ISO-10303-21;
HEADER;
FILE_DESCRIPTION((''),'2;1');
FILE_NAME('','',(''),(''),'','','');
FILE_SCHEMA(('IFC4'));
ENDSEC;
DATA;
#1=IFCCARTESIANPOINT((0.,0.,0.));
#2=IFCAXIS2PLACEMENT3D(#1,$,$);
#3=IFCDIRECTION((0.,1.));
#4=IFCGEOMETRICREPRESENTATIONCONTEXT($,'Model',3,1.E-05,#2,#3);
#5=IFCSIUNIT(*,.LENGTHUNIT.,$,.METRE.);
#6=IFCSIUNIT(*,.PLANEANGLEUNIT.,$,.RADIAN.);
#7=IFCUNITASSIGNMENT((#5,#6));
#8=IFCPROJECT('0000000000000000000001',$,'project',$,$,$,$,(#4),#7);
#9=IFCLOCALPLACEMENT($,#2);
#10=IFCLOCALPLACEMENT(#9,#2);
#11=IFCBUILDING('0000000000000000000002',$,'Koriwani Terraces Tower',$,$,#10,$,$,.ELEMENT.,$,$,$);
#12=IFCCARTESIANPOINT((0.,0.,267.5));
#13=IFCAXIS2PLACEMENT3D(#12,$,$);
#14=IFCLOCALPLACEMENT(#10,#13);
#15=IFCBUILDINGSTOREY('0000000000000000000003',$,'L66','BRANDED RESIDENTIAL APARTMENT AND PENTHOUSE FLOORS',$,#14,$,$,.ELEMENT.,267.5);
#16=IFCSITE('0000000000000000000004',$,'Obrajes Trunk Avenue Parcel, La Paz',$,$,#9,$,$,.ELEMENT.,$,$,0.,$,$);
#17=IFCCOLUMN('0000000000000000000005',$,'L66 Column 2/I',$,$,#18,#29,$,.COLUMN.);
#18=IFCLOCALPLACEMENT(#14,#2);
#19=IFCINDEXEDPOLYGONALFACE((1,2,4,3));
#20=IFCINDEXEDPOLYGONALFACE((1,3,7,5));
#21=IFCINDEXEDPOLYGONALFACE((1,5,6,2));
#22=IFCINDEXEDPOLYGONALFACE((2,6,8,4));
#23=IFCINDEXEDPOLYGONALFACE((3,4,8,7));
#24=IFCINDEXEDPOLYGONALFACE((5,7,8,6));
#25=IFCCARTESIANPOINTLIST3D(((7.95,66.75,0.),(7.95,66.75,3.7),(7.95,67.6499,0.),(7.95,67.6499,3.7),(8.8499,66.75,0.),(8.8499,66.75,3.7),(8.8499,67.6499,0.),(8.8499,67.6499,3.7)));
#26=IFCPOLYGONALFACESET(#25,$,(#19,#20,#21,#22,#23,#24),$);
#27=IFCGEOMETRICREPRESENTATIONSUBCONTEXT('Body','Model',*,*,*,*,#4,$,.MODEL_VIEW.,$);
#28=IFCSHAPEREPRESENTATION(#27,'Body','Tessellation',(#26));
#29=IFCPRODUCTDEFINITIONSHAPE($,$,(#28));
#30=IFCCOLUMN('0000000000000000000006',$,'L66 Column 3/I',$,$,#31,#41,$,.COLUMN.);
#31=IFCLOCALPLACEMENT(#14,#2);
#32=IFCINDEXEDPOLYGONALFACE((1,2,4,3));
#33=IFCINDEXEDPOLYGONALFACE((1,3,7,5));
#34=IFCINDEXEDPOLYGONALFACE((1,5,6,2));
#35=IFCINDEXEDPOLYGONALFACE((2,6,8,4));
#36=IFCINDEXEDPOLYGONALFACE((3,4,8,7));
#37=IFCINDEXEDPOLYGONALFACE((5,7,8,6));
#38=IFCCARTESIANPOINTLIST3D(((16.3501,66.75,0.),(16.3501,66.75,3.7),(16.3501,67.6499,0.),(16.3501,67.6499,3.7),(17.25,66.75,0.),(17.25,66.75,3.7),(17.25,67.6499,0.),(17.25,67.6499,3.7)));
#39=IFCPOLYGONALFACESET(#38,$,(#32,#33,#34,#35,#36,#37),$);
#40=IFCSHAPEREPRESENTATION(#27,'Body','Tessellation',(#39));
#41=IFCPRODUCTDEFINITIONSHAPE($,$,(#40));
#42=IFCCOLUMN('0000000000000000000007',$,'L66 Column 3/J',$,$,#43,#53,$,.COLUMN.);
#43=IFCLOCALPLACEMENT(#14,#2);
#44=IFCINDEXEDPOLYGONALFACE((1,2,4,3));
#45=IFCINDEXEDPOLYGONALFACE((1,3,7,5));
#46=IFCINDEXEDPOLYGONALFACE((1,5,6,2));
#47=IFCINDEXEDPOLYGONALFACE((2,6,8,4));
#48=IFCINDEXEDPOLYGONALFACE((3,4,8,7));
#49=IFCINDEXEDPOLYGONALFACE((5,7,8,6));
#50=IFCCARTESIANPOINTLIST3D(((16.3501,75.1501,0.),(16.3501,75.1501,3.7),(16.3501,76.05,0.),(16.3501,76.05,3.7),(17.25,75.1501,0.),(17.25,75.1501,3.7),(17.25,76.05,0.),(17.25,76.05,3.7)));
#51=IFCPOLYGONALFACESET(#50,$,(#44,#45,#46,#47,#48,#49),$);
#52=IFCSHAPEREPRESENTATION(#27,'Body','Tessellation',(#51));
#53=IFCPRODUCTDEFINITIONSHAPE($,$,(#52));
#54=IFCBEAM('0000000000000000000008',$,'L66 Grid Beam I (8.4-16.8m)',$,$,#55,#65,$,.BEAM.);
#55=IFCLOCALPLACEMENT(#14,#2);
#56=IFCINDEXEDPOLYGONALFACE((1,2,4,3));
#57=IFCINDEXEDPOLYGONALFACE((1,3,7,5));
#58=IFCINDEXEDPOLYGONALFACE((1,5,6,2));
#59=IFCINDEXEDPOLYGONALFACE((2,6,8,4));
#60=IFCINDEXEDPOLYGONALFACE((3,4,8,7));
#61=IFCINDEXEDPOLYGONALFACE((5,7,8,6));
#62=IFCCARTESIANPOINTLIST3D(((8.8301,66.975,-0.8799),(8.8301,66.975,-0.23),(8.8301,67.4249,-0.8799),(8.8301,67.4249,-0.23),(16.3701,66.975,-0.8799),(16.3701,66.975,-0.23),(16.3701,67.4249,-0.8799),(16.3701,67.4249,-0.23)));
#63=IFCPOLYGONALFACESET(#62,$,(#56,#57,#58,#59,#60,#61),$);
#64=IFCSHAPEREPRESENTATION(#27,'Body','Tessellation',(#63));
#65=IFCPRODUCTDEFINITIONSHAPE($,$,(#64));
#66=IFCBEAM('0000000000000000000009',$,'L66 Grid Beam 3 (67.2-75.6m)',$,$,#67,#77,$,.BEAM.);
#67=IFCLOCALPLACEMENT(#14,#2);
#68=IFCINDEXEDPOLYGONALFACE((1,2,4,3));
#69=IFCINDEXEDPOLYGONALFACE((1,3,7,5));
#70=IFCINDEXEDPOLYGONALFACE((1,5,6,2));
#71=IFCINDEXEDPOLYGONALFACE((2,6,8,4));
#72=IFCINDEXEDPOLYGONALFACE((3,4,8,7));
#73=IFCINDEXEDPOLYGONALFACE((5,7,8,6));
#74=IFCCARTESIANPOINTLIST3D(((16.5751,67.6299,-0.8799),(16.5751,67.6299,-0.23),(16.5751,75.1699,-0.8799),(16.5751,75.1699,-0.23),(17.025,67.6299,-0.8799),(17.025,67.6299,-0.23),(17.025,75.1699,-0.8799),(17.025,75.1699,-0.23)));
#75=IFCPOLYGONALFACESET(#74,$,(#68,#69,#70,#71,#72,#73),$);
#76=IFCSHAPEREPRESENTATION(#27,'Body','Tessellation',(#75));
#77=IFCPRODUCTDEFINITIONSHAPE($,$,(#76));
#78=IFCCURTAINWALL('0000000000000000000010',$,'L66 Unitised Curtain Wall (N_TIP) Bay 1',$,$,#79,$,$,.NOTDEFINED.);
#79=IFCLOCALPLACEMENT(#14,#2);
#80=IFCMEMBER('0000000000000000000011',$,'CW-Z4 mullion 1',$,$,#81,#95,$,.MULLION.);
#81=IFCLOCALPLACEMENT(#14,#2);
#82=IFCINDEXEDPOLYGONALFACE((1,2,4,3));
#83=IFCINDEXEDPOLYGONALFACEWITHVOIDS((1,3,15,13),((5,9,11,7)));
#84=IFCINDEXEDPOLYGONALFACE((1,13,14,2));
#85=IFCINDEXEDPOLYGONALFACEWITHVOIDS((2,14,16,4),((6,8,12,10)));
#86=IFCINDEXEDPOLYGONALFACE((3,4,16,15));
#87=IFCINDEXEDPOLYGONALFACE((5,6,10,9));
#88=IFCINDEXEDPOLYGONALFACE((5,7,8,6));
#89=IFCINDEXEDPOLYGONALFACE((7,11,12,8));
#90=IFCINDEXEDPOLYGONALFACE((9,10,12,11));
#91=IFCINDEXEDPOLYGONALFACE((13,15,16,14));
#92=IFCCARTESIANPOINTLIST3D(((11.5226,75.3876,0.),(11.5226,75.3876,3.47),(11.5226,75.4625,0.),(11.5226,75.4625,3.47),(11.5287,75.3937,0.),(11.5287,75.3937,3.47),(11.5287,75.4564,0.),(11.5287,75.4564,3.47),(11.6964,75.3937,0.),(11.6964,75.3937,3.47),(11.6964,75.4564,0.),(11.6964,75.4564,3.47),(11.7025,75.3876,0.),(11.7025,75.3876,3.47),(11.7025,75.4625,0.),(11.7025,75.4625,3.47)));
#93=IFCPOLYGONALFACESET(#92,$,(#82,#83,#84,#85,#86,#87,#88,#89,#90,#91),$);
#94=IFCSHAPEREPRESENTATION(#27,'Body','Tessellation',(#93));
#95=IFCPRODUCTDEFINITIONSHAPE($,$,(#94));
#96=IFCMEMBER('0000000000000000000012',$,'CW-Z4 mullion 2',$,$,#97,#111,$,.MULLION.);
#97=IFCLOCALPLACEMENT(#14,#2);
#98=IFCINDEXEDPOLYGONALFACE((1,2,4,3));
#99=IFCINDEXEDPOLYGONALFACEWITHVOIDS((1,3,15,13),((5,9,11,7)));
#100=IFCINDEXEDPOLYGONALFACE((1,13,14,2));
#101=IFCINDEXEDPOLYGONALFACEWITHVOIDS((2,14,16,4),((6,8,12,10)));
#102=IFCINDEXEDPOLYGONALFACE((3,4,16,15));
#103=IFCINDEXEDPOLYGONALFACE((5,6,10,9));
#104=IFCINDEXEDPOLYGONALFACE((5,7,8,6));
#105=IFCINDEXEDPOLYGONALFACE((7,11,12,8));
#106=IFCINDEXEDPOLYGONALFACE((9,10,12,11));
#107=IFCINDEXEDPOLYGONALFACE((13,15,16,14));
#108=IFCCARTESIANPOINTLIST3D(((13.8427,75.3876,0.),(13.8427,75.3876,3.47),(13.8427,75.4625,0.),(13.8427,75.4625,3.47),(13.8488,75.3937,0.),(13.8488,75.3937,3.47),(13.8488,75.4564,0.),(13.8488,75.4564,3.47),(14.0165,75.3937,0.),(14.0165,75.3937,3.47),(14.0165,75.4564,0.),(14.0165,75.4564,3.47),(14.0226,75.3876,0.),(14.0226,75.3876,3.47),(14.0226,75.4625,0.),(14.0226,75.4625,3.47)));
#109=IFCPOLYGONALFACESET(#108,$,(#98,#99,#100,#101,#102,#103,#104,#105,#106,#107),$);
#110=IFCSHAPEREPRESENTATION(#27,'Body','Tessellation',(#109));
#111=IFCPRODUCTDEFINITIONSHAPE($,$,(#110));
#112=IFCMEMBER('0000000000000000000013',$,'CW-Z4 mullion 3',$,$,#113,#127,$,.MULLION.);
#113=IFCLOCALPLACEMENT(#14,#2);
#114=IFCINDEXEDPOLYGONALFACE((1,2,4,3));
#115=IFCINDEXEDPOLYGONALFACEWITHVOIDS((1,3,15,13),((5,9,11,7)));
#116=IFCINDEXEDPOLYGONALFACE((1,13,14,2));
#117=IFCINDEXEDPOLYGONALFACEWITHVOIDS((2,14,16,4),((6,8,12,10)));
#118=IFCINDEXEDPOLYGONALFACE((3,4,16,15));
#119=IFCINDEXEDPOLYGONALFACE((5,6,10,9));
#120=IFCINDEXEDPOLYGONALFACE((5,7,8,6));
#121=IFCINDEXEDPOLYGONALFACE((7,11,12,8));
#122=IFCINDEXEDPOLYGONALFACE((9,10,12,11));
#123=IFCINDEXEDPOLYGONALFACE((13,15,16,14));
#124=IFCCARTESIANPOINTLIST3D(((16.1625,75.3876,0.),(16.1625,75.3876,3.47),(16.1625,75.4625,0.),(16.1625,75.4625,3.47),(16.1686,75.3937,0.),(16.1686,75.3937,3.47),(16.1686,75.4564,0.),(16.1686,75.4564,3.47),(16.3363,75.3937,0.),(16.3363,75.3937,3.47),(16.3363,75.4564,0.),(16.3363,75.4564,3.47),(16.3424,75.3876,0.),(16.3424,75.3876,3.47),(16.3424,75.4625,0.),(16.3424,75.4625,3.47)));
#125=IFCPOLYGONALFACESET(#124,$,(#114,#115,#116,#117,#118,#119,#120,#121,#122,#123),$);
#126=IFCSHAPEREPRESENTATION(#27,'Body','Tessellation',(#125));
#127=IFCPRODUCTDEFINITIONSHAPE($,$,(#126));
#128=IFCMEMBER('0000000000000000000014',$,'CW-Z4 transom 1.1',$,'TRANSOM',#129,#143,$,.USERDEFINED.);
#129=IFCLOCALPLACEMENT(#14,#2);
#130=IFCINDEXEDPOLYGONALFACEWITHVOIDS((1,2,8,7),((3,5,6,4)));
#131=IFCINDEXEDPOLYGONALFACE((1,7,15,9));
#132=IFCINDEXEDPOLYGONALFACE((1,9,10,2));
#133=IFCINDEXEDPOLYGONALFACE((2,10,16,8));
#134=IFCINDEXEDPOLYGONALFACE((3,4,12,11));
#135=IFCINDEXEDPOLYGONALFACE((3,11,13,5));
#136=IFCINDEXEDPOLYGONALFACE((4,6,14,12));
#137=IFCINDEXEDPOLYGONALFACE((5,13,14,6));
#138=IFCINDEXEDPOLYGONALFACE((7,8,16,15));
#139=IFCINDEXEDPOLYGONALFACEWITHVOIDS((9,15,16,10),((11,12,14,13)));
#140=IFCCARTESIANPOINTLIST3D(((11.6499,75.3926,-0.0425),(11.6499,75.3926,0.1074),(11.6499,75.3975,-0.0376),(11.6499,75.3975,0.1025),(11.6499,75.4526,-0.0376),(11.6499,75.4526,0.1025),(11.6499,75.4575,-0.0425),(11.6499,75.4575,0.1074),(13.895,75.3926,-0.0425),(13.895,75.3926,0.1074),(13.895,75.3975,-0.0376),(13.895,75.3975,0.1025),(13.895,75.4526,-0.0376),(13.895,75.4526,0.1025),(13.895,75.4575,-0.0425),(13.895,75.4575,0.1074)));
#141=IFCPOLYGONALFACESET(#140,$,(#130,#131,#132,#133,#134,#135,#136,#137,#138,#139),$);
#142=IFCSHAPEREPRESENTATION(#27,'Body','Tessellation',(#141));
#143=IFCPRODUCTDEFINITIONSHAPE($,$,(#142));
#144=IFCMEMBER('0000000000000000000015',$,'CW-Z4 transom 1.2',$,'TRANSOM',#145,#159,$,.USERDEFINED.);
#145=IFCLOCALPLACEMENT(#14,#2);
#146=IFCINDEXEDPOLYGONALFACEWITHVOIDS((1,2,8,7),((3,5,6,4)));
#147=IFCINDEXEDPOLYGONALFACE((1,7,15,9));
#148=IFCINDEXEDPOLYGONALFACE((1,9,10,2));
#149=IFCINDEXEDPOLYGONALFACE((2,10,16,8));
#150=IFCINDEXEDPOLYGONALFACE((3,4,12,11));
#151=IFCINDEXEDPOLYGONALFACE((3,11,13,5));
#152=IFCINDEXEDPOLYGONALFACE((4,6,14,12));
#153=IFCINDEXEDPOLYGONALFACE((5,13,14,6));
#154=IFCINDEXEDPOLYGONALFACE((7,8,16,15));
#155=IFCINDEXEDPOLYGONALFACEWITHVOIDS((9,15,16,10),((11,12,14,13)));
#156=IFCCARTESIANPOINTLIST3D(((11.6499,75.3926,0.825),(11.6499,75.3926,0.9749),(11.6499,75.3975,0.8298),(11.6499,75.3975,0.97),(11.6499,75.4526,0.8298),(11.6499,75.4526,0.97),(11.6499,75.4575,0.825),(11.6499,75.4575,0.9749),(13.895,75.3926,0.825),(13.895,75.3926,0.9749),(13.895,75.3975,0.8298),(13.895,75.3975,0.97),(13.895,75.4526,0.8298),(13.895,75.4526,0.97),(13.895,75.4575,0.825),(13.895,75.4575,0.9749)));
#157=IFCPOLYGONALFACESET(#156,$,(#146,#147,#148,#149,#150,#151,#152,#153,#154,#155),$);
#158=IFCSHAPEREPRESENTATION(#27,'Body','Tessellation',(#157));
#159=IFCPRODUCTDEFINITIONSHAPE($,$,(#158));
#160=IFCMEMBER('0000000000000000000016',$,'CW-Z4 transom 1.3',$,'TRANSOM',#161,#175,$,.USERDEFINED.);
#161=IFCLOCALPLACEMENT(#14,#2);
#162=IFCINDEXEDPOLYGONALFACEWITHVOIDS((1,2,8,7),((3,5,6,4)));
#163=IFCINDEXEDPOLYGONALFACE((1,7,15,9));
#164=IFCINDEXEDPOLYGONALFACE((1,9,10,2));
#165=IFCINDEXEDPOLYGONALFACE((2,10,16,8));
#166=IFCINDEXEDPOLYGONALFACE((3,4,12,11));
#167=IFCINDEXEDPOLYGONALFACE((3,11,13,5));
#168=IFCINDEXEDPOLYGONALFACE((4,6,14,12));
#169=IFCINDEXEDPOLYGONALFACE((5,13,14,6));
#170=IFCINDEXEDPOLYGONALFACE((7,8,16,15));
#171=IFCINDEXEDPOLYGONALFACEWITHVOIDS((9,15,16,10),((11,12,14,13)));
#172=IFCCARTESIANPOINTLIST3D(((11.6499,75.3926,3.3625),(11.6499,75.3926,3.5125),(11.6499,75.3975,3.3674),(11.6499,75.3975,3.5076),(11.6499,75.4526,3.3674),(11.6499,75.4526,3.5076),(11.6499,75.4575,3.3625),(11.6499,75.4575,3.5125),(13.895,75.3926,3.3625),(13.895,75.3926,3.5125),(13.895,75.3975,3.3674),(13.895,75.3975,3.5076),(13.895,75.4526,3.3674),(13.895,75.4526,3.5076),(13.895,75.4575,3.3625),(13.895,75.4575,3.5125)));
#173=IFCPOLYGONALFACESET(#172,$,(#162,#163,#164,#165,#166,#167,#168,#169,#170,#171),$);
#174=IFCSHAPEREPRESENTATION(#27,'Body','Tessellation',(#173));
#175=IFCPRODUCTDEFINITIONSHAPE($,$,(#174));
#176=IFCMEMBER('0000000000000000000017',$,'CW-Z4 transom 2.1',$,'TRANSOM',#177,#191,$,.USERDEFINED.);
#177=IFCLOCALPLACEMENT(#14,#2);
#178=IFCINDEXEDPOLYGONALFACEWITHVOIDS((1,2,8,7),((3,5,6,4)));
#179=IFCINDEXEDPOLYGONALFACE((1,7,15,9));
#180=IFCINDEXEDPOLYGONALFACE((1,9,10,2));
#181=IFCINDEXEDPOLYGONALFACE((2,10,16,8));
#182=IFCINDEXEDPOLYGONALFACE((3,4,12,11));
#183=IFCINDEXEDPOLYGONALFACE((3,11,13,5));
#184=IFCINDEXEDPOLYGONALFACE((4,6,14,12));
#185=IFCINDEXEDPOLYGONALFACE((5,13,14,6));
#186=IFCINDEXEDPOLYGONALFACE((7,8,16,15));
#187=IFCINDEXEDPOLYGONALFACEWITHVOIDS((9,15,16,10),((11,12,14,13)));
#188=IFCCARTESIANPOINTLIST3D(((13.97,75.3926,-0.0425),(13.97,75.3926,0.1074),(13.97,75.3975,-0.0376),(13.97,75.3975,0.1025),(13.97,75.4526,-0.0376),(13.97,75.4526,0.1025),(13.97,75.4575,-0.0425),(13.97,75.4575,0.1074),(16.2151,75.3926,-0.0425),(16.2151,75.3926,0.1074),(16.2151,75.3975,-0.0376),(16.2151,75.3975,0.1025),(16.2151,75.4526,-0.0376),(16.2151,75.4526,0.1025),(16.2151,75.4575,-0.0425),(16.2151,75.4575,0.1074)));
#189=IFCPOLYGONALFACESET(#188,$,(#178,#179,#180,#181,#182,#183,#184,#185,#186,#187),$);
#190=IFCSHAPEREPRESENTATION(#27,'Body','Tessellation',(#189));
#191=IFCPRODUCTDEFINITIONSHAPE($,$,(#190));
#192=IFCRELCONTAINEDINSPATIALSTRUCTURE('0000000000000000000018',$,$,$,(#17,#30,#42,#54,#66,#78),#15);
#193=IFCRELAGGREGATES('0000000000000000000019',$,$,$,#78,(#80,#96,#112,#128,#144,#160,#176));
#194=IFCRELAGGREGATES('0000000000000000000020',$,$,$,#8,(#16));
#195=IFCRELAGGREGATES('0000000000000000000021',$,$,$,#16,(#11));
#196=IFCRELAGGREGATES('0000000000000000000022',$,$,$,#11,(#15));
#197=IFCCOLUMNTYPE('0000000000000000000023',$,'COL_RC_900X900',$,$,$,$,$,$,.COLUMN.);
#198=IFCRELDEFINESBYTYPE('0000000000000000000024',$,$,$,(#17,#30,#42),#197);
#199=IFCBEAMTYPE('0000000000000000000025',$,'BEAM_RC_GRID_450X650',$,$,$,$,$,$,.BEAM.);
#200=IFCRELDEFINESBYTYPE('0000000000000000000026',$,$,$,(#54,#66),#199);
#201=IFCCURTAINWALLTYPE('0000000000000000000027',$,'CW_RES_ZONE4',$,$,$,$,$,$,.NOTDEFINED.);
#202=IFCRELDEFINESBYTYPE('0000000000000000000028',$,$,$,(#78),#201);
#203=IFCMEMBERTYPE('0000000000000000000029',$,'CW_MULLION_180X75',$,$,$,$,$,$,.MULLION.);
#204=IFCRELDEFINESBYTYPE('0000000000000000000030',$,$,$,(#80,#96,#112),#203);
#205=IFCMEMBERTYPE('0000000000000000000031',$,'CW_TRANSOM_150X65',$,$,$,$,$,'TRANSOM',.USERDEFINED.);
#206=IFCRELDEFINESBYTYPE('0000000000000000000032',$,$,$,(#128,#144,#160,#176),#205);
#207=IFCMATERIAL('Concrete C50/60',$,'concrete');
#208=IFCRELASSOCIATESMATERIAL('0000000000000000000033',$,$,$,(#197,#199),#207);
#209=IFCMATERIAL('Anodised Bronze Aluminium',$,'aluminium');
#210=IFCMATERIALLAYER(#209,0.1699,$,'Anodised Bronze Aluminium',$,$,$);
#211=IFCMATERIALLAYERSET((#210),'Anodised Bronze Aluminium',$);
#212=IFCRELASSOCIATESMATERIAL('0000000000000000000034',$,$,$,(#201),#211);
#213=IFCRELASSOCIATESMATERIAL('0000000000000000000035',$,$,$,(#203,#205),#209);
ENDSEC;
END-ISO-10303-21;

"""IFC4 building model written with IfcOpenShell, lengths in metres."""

from ifc_helpers import new_model, si_unit, direction, frame, origin, origin_2d, place, context, subcontext, project, spatial, rectangle, hollow_rectangle, extrude, material, layer, layer_set, material_profile, profile_set, type_object, element, aggregate, save


model = new_model("IFC4")

# Units and contexts
model_context = context("Model", 3, precision=1e-05, world=origin(), true_north=direction((0.0, 1.0)))
body_context = subcontext(model_context, "Body", "Model", "MODEL_VIEW")
ifc_project = project(units=[si_unit("LENGTHUNIT", "METRE"), si_unit("PLANEANGLEUNIT", "RADIAN")], contexts=[model_context])

# Site, building, storey
site_placement = place(None, origin())
site = spatial("IfcSite", under=ifc_project, at=site_placement, Name="Obrajes Trunk Avenue Parcel, La Paz", CompositionType="ELEMENT", RefElevation=0.0)
building_placement = place(site_placement, origin())
building = spatial("IfcBuilding", under=site, at=building_placement, Name="Koriwani Terraces Tower", CompositionType="ELEMENT")
storey_placement = place(building_placement, frame((0.0, 0.0, 267.5)))
storey = spatial("IfcBuildingStorey", under=building, at=storey_placement, Name="L66", Description="BRANDED RESIDENTIAL APARTMENT AND PENTHOUSE FLOORS", CompositionType="ELEMENT", Elevation=267.5)

# Columns
ifc_material_1 = material(Name="Concrete C50/60", Category="concrete")
ifc_material_profile_1 = material_profile(ifc_material_1, rectangle(XDim=0.8999, YDim=0.8999, at=origin_2d()), Name="Concrete C50/60", Category="LoadBearing")
ifc_profile_set_1 = profile_set([ifc_material_profile_1], Name="Concrete C50/60")
column_type = type_object("IfcColumnType", Name="COL_RC_900X900", PredefinedType="COLUMN", material=ifc_profile_set_1)
for number, where, z_axis, x_axis, name in (
    (1, (8.3999, 67.2, 0.0), (0.0, 0.0, 1.0), (1.0, 0.0, 0.0), "L66 Column 2/I"),
    (2, (16.8, 67.2, 0.0), (0.0, 0.0, 1.0), (1.0, 0.0, 0.0), "L66 Column 3/I"),
    (3, (16.8, 75.6001, 0.0), (0.0, 0.0, 1.0), (1.0, 0.0, 0.0), "L66 Column 3/J"),
):
    element("IfcColumn", number, at=place(storey_placement, frame(where, z_axis=z_axis, x_axis=x_axis)), inside=storey, type_object=column_type, Name=name, PredefinedType="COLUMN", context=body_context, shape_type="SweptSolid", body=[
        extrude(rectangle(XDim=0.8999, YDim=0.8999, at=origin_2d()), origin(), (0.0, 0.0, 1.0), 3.7),
    ])

# Beams
ifc_material_profile_2 = material_profile(ifc_material_1, rectangle(XDim=0.45, YDim=0.6499, at=origin_2d()), Name="Concrete C50/60", Category="LoadBearing")
ifc_profile_set_2 = profile_set([ifc_material_profile_2], Name="Concrete C50/60")
beam_type_1 = type_object("IfcBeamType", Name="BEAM_RC_GRID_450X650", PredefinedType="BEAM", material=ifc_profile_set_2)
for number, where, z_axis, x_axis, name in (
    (4, (8.8301, 67.2, -0.5549), (1.0, 0.0, 0.0), (0.0, 1.0, 0.0), "L66 Grid Beam I (8.4-16.8m)"),
    (5, (16.8, 67.6299, -0.5549), (0.0, 1.0, 0.0), (-1.0, 0.0, 0.0), "L66 Grid Beam 3 (67.2-75.6m)"),
):
    element("IfcBeam", number, at=place(storey_placement, frame(where, z_axis=z_axis, x_axis=x_axis)), inside=storey, type_object=beam_type_1, Name=name, PredefinedType="BEAM", context=body_context, shape_type="SweptSolid", body=[
        extrude(rectangle(XDim=0.45, YDim=0.6499, at=origin_2d()), origin(), (0.0, 0.0, 1.0), 7.54),
    ])

# Curtain wall, members
ifc_material_2 = material(Name="Anodised Bronze Aluminium", Category="aluminium")
ifc_layer_1 = layer(ifc_material_2, 0.1699, Name="Anodised Bronze Aluminium")
ifc_layer_set_1 = layer_set([ifc_layer_1], Name="Anodised Bronze Aluminium")
curtain_wall_type = type_object("IfcCurtainWallType", Name="CW_RES_ZONE4", PredefinedType="NOTDEFINED", material=ifc_layer_set_1)
curtain_wall_placement = place(storey_placement, origin())
curtain_wall = element("IfcCurtainWall", 6, at=curtain_wall_placement, inside=storey, type_object=curtain_wall_type, Name="L66 Unitised Curtain Wall (N_TIP) Bay 1", PredefinedType="NOTDEFINED")
ifc_material_profile_3 = material_profile(ifc_material_2, hollow_rectangle(XDim=0.075, YDim=0.1799, WallThickness=0.0061, at=origin_2d()), Name="Anodised Bronze Aluminium", Category="LoadBearing")
ifc_profile_set_3 = profile_set([ifc_material_profile_3], Name="Anodised Bronze Aluminium")
member_type_1 = type_object("IfcMemberType", Name="CW_MULLION_180X75", PredefinedType="MULLION", material=ifc_profile_set_3)
member_1_placement = place(storey_placement, frame((11.6125, 75.425, 0.0), z_axis=(0.0, 0.0, 1.0), x_axis=(0.0, 1.0, 0.0)))
member_1 = element("IfcMember", 7, at=member_1_placement, type_object=member_type_1, Name="CW-Z4 mullion 1", PredefinedType="MULLION", context=body_context, shape_type="SweptSolid", body=[
    extrude(hollow_rectangle(XDim=0.075, YDim=0.1799, WallThickness=0.0061, at=origin_2d()), origin(), (0.0, 0.0, 1.0), 3.47),
])
member_2_placement = place(storey_placement, frame((13.9326, 75.425, 0.0), z_axis=(0.0, 0.0, 1.0), x_axis=(0.0, 1.0, 0.0)))
member_2 = element("IfcMember", 8, at=member_2_placement, type_object=member_type_1, Name="CW-Z4 mullion 2", PredefinedType="MULLION", context=body_context, shape_type="SweptSolid", body=[
    extrude(hollow_rectangle(XDim=0.075, YDim=0.1799, WallThickness=0.0061, at=origin_2d()), origin(), (0.0, 0.0, 1.0), 3.47),
])
member_3_placement = place(storey_placement, frame((16.2524, 75.425, 0.0), z_axis=(0.0, 0.0, 1.0), x_axis=(0.0, 1.0, 0.0)))
member_3 = element("IfcMember", 9, at=member_3_placement, type_object=member_type_1, Name="CW-Z4 mullion 3", PredefinedType="MULLION", context=body_context, shape_type="SweptSolid", body=[
    extrude(hollow_rectangle(XDim=0.075, YDim=0.1799, WallThickness=0.0061, at=origin_2d()), origin(), (0.0, 0.0, 1.0), 3.47),
])
ifc_material_profile_4 = material_profile(ifc_material_2, hollow_rectangle(XDim=0.0649, YDim=0.1499, WallThickness=0.0049, at=origin_2d()), Name="Anodised Bronze Aluminium", Category="LoadBearing")
ifc_profile_set_4 = profile_set([ifc_material_profile_4], Name="Anodised Bronze Aluminium")
member_type_2 = type_object("IfcMemberType", Name="CW_TRANSOM_150X65", ElementType="TRANSOM", PredefinedType="USERDEFINED", material=ifc_profile_set_4)
member_4_placement = place(storey_placement, frame((11.6499, 75.425, 0.0325), z_axis=(1.0, 0.0, 0.0), x_axis=(0.0, 1.0, 0.0)))
member_4 = element("IfcMember", 10, at=member_4_placement, type_object=member_type_2, Name="CW-Z4 transom 1.1", ObjectType="TRANSOM", PredefinedType="USERDEFINED", context=body_context, shape_type="SweptSolid", body=[
    extrude(hollow_rectangle(XDim=0.0649, YDim=0.1499, WallThickness=0.0049, at=origin_2d()), origin(), (0.0, 0.0, 1.0), 2.2451),
])
member_5_placement = place(storey_placement, frame((11.6499, 75.425, 0.8999), z_axis=(1.0, 0.0, 0.0), x_axis=(0.0, 1.0, 0.0)))
member_5 = element("IfcMember", 11, at=member_5_placement, type_object=member_type_2, Name="CW-Z4 transom 1.2", ObjectType="TRANSOM", PredefinedType="USERDEFINED", context=body_context, shape_type="SweptSolid", body=[
    extrude(hollow_rectangle(XDim=0.0649, YDim=0.1499, WallThickness=0.0049, at=origin_2d()), origin(), (0.0, 0.0, 1.0), 2.2451),
])
member_6_placement = place(storey_placement, frame((11.6499, 75.425, 3.4375), z_axis=(1.0, 0.0, 0.0), x_axis=(0.0, 1.0, 0.0)))
member_6 = element("IfcMember", 12, at=member_6_placement, type_object=member_type_2, Name="CW-Z4 transom 1.3", ObjectType="TRANSOM", PredefinedType="USERDEFINED", context=body_context, shape_type="SweptSolid", body=[
    extrude(hollow_rectangle(XDim=0.0649, YDim=0.1499, WallThickness=0.0049, at=origin_2d()), origin(), (0.0, 0.0, 1.0), 2.2451),
])
member_7_placement = place(storey_placement, frame((13.97, 75.425, 0.0325), z_axis=(1.0, 0.0, 0.0), x_axis=(0.0, 1.0, 0.0)))
member_7 = element("IfcMember", 13, at=member_7_placement, type_object=member_type_2, Name="CW-Z4 transom 2.1", ObjectType="TRANSOM", PredefinedType="USERDEFINED", context=body_context, shape_type="SweptSolid", body=[
    extrude(hollow_rectangle(XDim=0.0649, YDim=0.1499, WallThickness=0.0049, at=origin_2d()), origin(), (0.0, 0.0, 1.0), 2.2451),
])

aggregate(curtain_wall, [member_1, member_2, member_3, member_4, member_5, member_6, member_7])

save(model, "model.ifc")
